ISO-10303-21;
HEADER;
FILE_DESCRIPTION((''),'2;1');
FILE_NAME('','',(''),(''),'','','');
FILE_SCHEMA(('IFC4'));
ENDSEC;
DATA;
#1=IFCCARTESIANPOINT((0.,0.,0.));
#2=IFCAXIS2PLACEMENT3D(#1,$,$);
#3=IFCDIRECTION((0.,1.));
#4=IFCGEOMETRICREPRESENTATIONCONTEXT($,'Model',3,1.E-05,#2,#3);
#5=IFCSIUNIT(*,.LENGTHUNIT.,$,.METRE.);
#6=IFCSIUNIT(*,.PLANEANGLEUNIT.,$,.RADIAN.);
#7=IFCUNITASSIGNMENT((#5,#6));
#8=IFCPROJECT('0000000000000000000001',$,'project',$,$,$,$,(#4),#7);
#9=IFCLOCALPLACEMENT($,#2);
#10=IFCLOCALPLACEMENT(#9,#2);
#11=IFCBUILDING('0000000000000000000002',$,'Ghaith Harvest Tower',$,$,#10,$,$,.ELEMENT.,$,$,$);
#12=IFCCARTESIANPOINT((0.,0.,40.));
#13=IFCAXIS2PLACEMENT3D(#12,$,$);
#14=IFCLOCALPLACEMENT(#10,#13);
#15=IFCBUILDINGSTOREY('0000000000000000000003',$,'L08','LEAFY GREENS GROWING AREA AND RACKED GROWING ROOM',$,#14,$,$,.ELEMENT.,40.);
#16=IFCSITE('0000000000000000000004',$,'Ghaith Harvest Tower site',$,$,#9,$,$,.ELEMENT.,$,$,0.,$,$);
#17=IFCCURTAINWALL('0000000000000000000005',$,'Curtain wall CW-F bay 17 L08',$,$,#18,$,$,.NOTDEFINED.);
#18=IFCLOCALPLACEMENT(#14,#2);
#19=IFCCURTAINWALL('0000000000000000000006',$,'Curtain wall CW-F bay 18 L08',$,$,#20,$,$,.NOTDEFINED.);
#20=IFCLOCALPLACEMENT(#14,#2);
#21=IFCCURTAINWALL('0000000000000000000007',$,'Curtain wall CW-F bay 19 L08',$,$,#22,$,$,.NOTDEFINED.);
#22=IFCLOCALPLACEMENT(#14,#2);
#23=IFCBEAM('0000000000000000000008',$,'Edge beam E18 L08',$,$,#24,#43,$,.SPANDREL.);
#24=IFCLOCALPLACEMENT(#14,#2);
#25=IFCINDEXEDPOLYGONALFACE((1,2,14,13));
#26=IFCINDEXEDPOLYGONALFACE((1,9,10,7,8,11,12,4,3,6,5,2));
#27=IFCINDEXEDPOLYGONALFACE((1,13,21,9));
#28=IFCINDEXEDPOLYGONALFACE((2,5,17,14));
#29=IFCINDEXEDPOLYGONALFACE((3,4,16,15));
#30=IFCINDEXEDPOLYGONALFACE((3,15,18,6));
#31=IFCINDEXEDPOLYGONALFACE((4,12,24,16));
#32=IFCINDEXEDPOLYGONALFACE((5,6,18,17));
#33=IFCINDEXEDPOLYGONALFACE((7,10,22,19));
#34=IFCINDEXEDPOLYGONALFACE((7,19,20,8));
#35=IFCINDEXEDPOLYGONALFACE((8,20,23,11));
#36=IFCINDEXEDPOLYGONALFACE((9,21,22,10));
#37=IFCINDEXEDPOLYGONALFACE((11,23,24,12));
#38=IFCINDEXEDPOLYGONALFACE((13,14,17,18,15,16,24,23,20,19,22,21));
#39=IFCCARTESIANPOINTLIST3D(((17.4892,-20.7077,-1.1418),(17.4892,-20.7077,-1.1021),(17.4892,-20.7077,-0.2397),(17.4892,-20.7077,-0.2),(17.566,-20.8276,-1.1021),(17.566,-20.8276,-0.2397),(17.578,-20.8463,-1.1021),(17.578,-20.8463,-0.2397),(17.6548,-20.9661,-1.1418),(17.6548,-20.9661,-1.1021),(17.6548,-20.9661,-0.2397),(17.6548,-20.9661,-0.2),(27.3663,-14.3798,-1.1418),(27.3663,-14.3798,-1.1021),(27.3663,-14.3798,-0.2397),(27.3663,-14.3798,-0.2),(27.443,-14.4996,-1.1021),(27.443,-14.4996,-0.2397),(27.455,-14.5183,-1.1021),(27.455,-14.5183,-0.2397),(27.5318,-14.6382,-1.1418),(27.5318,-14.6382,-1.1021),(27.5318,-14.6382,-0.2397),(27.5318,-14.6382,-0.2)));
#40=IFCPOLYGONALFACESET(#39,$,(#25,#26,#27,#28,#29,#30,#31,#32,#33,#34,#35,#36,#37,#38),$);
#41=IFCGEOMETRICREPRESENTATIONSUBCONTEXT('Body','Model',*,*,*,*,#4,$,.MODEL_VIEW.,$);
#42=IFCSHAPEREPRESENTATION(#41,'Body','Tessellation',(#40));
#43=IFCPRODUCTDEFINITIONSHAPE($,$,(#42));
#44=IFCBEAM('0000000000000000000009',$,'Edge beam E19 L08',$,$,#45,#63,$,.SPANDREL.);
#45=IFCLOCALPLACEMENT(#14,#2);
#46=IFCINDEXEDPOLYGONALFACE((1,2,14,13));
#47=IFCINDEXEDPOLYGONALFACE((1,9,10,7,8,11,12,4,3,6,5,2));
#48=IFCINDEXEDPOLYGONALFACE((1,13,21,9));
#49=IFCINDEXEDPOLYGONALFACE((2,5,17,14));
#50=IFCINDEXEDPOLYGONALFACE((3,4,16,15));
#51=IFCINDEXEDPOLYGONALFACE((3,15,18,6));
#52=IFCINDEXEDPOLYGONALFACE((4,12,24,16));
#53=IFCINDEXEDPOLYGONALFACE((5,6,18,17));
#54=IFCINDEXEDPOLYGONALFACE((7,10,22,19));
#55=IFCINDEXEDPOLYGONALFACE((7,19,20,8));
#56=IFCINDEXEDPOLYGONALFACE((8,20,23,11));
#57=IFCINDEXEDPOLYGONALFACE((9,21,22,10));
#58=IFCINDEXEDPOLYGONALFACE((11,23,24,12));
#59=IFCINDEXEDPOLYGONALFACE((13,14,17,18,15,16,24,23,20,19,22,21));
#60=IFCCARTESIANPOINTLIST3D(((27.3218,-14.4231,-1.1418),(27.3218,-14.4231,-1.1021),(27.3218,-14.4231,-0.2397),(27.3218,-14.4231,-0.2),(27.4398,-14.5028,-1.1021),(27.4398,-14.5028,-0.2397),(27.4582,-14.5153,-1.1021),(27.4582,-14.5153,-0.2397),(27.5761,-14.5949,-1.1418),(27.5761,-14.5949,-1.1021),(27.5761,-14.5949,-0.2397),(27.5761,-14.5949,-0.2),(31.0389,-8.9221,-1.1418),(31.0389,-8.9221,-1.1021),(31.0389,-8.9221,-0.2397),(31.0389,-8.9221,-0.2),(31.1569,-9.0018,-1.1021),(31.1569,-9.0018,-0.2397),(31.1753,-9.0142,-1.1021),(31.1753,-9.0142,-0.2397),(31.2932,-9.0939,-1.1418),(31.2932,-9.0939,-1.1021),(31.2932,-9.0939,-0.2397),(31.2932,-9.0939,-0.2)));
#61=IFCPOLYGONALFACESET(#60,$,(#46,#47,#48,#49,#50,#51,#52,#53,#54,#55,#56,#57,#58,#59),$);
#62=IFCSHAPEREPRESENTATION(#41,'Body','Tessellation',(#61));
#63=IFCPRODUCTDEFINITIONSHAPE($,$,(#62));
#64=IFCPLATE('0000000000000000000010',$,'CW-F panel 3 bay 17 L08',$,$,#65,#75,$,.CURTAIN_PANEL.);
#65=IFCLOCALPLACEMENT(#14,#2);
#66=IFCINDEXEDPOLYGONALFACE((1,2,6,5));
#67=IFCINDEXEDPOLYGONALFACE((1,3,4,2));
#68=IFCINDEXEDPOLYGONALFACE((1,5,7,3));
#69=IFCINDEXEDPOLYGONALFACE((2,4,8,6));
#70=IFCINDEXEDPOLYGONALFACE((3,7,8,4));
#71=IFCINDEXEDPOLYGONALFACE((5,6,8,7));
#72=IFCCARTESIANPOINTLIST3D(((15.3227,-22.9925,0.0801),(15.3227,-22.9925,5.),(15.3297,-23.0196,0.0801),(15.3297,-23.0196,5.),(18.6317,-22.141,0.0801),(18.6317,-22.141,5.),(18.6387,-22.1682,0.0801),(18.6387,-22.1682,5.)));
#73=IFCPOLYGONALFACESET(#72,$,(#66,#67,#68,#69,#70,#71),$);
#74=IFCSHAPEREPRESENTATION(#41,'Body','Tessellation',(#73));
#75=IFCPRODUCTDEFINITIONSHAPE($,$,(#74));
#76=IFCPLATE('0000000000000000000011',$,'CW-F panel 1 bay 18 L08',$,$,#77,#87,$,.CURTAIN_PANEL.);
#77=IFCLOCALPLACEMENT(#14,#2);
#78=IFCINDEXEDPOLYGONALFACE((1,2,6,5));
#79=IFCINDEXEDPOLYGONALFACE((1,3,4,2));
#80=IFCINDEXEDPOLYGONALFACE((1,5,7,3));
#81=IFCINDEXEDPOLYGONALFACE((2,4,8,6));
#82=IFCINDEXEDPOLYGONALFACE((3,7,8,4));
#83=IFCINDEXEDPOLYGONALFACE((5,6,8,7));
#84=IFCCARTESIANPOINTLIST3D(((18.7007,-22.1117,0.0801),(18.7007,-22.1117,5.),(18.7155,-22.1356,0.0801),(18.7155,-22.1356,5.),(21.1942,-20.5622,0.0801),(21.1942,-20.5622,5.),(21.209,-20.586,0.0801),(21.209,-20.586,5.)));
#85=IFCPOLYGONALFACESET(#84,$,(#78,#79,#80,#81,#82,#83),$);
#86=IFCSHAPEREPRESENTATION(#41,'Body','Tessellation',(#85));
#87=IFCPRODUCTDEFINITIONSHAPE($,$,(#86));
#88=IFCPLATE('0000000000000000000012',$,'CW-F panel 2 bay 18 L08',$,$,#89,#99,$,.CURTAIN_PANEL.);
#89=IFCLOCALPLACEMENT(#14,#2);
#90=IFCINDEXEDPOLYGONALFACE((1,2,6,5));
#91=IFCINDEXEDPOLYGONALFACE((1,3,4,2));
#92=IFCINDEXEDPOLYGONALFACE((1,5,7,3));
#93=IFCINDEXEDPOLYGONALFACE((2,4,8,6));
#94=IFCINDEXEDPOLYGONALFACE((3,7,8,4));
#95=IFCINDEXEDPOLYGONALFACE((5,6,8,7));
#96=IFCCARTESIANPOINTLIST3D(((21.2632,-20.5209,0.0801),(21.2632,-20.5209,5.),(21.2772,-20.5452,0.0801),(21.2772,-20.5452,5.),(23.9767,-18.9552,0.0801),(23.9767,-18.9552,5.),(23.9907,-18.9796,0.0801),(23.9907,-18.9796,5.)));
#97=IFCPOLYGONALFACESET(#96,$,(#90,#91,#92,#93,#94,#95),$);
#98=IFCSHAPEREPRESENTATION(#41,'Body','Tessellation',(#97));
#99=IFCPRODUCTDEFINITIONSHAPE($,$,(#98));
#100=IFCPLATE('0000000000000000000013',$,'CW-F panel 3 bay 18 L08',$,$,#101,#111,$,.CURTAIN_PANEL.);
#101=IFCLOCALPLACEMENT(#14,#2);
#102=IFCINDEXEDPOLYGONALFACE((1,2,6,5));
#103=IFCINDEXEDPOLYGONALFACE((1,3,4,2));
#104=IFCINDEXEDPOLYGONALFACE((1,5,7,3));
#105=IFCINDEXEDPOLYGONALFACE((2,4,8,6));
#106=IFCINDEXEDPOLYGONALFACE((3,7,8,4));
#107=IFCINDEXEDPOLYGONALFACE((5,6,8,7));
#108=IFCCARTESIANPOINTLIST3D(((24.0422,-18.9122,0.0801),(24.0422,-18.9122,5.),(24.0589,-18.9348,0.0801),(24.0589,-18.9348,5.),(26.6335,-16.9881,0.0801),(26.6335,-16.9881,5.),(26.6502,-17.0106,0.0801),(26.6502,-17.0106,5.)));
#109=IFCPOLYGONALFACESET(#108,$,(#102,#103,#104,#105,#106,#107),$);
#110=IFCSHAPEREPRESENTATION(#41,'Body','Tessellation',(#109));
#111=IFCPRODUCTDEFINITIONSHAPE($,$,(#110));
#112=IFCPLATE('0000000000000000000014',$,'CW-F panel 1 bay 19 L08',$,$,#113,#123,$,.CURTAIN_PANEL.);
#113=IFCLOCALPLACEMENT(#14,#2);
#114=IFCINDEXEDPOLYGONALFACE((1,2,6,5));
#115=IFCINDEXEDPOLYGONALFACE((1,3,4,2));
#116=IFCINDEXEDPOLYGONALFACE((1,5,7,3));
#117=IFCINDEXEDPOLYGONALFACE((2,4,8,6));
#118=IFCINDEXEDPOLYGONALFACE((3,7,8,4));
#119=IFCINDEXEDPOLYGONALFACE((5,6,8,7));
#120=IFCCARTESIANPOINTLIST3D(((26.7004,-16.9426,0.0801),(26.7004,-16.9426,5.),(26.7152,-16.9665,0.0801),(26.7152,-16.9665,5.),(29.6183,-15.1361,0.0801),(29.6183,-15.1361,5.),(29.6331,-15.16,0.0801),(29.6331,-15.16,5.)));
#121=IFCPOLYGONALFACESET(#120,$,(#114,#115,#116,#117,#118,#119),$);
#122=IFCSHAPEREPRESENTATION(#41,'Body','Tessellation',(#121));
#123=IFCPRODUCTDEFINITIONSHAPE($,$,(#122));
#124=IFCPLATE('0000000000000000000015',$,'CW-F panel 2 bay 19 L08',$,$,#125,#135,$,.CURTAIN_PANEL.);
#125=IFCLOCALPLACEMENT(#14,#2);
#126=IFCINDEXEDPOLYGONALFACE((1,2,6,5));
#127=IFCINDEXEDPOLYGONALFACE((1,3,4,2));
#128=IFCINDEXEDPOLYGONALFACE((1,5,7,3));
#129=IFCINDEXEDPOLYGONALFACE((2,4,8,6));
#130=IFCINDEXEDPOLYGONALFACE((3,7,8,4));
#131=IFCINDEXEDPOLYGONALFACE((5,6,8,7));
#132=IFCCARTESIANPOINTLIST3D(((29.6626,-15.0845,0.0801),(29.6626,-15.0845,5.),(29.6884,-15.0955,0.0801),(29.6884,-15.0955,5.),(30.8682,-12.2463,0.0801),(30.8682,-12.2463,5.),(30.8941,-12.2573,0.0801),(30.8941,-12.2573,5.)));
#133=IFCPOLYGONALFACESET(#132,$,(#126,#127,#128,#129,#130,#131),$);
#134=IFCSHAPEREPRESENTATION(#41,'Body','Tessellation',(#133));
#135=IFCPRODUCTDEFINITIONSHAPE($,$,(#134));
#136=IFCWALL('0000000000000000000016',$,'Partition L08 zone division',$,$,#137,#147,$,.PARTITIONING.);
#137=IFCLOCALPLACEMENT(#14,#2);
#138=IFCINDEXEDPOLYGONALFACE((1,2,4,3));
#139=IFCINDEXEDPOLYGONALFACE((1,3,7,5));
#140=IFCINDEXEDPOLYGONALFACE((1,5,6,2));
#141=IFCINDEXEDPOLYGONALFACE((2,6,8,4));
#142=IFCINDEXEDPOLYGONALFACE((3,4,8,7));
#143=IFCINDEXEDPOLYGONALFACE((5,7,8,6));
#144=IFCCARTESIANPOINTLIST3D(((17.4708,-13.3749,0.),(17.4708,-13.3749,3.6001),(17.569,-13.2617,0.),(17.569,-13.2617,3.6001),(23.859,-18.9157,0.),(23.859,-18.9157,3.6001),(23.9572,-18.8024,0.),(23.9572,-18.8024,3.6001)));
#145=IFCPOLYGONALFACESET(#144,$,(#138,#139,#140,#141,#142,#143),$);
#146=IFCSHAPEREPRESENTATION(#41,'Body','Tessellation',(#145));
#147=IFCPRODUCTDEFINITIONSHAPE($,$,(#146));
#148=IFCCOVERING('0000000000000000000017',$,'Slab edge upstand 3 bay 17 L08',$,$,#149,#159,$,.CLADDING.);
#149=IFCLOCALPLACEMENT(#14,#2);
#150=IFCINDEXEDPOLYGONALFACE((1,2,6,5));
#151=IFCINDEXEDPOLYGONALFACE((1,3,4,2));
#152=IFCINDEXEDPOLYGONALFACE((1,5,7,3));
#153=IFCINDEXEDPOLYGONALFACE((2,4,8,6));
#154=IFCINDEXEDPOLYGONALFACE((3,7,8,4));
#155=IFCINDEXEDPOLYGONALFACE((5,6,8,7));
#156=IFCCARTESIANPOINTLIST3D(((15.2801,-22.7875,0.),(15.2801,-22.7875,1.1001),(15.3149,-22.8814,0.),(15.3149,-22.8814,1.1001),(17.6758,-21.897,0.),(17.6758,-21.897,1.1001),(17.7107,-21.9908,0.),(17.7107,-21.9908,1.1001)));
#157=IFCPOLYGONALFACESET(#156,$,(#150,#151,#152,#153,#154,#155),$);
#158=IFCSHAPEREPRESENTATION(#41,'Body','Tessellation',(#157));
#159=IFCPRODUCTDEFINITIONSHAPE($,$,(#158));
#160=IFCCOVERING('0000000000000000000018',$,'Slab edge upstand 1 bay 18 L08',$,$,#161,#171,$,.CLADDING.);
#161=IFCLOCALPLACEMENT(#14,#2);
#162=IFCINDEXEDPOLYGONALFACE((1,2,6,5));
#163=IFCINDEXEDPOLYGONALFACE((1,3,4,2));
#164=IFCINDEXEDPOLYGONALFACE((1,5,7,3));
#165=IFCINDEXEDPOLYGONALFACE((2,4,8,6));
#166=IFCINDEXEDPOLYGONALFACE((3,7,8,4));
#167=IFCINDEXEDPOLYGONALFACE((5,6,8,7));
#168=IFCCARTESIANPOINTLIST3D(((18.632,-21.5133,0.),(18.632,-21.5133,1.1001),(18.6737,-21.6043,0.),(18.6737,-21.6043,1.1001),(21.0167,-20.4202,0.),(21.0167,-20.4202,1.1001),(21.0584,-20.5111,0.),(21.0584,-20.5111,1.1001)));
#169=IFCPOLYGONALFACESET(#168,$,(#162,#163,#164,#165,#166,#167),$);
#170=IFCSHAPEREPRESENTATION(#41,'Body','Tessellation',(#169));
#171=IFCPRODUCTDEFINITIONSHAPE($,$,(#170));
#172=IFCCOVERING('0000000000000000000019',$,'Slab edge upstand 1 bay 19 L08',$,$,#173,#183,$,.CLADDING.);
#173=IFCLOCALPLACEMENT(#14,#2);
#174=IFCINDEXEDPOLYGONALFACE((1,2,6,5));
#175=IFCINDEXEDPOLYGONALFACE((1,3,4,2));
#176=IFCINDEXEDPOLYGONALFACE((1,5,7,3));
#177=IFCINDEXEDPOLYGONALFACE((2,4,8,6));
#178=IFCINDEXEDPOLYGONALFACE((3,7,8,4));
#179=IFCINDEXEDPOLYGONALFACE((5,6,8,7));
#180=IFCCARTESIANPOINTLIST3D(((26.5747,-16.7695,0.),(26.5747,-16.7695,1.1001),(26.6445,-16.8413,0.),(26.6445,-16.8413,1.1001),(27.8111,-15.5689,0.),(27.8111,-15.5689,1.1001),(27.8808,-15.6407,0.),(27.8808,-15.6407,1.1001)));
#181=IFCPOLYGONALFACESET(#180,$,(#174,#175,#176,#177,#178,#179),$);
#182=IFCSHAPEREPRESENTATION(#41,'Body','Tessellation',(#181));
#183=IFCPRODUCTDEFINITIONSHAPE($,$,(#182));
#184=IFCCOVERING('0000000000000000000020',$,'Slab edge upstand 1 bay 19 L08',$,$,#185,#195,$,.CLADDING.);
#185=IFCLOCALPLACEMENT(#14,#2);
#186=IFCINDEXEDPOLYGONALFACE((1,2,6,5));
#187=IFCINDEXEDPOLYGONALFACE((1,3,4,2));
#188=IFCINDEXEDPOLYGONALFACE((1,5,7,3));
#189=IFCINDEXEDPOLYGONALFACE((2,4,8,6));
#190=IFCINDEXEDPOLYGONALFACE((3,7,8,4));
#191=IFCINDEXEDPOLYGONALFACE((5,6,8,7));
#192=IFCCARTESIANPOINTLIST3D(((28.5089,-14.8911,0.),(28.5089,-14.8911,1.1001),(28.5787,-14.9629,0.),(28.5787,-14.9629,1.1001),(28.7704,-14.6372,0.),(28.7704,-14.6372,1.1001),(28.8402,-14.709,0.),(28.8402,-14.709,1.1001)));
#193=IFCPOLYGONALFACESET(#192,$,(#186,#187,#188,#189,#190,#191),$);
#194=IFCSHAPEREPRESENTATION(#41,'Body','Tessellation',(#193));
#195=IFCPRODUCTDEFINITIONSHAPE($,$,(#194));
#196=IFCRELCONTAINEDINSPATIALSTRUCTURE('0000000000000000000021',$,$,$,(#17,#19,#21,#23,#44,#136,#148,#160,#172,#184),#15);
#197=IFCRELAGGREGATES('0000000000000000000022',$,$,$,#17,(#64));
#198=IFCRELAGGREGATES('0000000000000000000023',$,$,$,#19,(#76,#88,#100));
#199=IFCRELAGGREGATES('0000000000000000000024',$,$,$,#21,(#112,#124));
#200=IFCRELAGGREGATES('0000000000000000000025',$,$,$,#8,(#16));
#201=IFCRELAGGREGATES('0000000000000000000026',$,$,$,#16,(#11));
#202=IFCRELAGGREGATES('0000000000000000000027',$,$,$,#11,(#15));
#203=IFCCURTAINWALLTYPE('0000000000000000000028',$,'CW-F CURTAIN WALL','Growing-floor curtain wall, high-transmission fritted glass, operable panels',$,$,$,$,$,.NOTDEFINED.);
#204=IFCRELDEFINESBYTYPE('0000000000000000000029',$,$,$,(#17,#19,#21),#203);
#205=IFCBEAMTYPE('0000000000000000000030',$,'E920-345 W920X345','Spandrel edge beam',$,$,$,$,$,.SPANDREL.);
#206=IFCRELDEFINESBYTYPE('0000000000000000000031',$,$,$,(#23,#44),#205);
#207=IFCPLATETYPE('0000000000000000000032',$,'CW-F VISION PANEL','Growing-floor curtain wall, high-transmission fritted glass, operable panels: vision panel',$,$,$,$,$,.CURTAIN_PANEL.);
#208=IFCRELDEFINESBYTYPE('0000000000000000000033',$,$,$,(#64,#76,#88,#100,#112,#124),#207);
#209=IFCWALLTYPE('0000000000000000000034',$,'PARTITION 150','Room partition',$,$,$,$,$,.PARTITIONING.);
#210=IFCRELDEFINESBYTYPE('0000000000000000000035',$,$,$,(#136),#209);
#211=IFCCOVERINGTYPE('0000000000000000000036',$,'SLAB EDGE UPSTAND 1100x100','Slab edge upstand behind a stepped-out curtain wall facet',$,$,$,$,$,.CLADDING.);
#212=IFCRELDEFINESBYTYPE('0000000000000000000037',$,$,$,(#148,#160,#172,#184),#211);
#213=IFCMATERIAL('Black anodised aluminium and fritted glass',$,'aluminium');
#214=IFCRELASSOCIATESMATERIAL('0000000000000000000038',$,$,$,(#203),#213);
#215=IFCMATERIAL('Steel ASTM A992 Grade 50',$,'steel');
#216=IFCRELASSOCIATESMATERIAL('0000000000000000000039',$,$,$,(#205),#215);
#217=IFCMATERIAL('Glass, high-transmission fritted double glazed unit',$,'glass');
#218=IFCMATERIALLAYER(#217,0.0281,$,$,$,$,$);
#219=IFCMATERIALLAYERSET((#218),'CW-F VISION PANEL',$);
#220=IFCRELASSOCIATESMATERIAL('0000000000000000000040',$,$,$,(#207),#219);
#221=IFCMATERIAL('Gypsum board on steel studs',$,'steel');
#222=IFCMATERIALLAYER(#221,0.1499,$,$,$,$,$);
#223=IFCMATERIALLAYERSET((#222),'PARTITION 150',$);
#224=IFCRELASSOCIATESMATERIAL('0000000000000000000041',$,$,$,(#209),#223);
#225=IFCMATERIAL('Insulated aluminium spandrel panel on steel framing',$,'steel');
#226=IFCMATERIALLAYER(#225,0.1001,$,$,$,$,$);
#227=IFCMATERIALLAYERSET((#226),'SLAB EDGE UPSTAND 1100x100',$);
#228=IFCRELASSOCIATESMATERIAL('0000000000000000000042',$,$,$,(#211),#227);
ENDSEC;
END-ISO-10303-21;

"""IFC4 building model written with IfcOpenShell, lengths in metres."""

from ifc_helpers import new_model, si_unit, direction, frame, frame_2d, origin, origin_2d, place, context, subcontext, project, spatial, rectangle, i_section, extrude, material, layer, layer_set, material_profile, profile_set, type_object, element, aggregate, save


model = new_model("IFC4")

# Units and contexts
model_context = context("Model", 3, precision=1e-05, world=origin(), true_north=direction((0.0, 1.0)))
body_context = subcontext(model_context, "Body", "Model", "MODEL_VIEW")
ifc_project = project(units=[si_unit("LENGTHUNIT", "METRE"), si_unit("PLANEANGLEUNIT", "RADIAN")], contexts=[model_context])

# Site, building, storey
site_placement = place(None, origin())
site = spatial("IfcSite", under=ifc_project, at=site_placement, Name="Ghaith Harvest Tower site", CompositionType="ELEMENT", RefElevation=0.0)
building_placement = place(site_placement, origin())
building = spatial("IfcBuilding", under=site, at=building_placement, Name="Ghaith Harvest Tower", CompositionType="ELEMENT")
storey_placement = place(building_placement, frame((0.0, 0.0, 40.0)))
storey = spatial("IfcBuildingStorey", under=building, at=storey_placement, Name="L08", Description="LEAFY GREENS GROWING AREA AND RACKED GROWING ROOM", CompositionType="ELEMENT", Elevation=40.0)

# Curtain wall
ifc_material_1 = material(Name="Black anodised aluminium and fritted glass", Category="aluminium")
curtain_wall_type = type_object("IfcCurtainWallType", Name="CW-F CURTAIN WALL", Description="Growing-floor curtain wall, high-transmission fritted glass, operable panels", PredefinedType="NOTDEFINED", material=ifc_material_1)
curtain_wall_1_placement = place(storey_placement, origin())
curtain_wall_1 = element("IfcCurtainWall", 1, at=curtain_wall_1_placement, inside=storey, type_object=curtain_wall_type, Name="Curtain wall CW-F bay 17 L08", PredefinedType="NOTDEFINED")

# Curtain walls
curtain_wall_2_placement = place(storey_placement, origin())
curtain_wall_2 = element("IfcCurtainWall", 2, at=curtain_wall_2_placement, inside=storey, type_object=curtain_wall_type, Name="Curtain wall CW-F bay 18 L08", PredefinedType="NOTDEFINED")
curtain_wall_3_placement = place(storey_placement, origin())
curtain_wall_3 = element("IfcCurtainWall", 3, at=curtain_wall_3_placement, inside=storey, type_object=curtain_wall_type, Name="Curtain wall CW-F bay 19 L08", PredefinedType="NOTDEFINED")

# Beams
ifc_material_2 = material(Name="Steel ASTM A992 Grade 50", Category="steel")
ifc_material_profile_1 = material_profile(ifc_material_2, i_section(OverallWidth=0.3069, OverallDepth=0.9419, WebThickness=0.0222, FlangeThickness=0.0398, at=origin_2d()), Name="W920X345")
ifc_profile_set_1 = profile_set([ifc_material_profile_1], Name="Steel ASTM A992 Grade 50")
beam_type = type_object("IfcBeamType", Name="E920-345 W920X345", Description="Spandrel edge beam", PredefinedType="SPANDREL", material=ifc_profile_set_1)
beam_1_placement = place(storey_placement, frame((17.572, -20.8369, -0.6709), z_axis=(0.842015, 0.539455, 0.0), x_axis=(-0.539455, 0.842015, 0.0)))
element("IfcBeam", 4, at=beam_1_placement, inside=storey, type_object=beam_type, Name="Edge beam E18 L08", PredefinedType="SPANDREL", context=body_context, shape_type="SweptSolid", body=[
    extrude(i_section(OverallWidth=0.3069, OverallDepth=0.9419, WebThickness=0.0222, FlangeThickness=0.0398, at=origin_2d()), origin(), (0.0, 0.0, 1.0), 11.7302),
])
beam_2_placement = place(storey_placement, frame((27.449, -14.509, -0.6709), z_axis=(0.559874, 0.828577, 0.0), x_axis=(-0.828577, 0.559874, 0.0)))
element("IfcBeam", 5, at=beam_2_placement, inside=storey, type_object=beam_type, Name="Edge beam E19 L08", PredefinedType="SPANDREL", context=body_context, shape_type="SweptSolid", body=[
    extrude(i_section(OverallWidth=0.3069, OverallDepth=0.9419, WebThickness=0.0222, FlangeThickness=0.0398, at=origin_2d()), origin(), (0.0, 0.0, 1.0), 6.6392),
])

# Plates
ifc_material_3 = material(Name="Glass, high-transmission fritted double glazed unit", Category="glass")
ifc_layer_1 = layer(ifc_material_3, 0.0281)
ifc_layer_set_1 = layer_set([ifc_layer_1], Name="CW-F VISION PANEL")
plate_type = type_object("IfcPlateType", Name="CW-F VISION PANEL", Description="Growing-floor curtain wall, high-transmission fritted glass, operable panels: vision panel", PredefinedType="CURTAIN_PANEL", material=ifc_layer_set_1)
plate_1_placement = place(storey_placement, frame((16.9807, -22.5803, 0.0801), z_axis=(0.0, 0.0, 1.0), x_axis=(0.968451, 0.249202, 0.0)))
plate_1 = element("IfcPlate", 6, at=plate_1_placement, type_object=plate_type, Name="CW-F panel 3 bay 17 L08", PredefinedType="CURTAIN_PANEL", context=body_context, shape_type="SweptSolid", body=[
    extrude(rectangle(XDim=3.4167, YDim=0.0281, at=origin_2d()), origin(), (0.0, 0.0, 1.0), 4.9199),
])
aggregate(curtain_wall_1, [plate_1])
plate_2_placement = place(storey_placement, frame((19.9548, -21.3489, 0.0801), z_axis=(0.0, 0.0, 1.0), x_axis=(0.849361, 0.527813, 0.0)))
plate_2 = element("IfcPlate", 7, at=plate_2_placement, type_object=plate_type, Name="CW-F panel 1 bay 18 L08", PredefinedType="CURTAIN_PANEL", context=body_context, shape_type="SweptSolid", body=[
    extrude(rectangle(XDim=2.9358, YDim=0.0281, at=origin_2d()), origin(), (0.0, 0.0, 1.0), 4.9199),
])
plate_3_placement = place(storey_placement, frame((22.627, -19.7502, 0.0801), z_axis=(0.0, 0.0, 1.0), x_axis=(0.866159, 0.499768, 0.0)))
plate_3 = element("IfcPlate", 8, at=plate_3_placement, type_object=plate_type, Name="CW-F panel 2 bay 18 L08", PredefinedType="CURTAIN_PANEL", context=body_context, shape_type="SweptSolid", body=[
    extrude(rectangle(XDim=3.1328, YDim=0.0281, at=origin_2d()), origin(), (0.0, 0.0, 1.0), 4.9199),
])
plate_4_placement = place(storey_placement, frame((25.3462, -17.9614, 0.0801), z_axis=(0.0, 0.0, 1.0), x_axis=(0.802867, 0.596158, 0.0)))
plate_4 = element("IfcPlate", 9, at=plate_4_placement, type_object=plate_type, Name="CW-F panel 3 bay 18 L08", PredefinedType="CURTAIN_PANEL", context=body_context, shape_type="SweptSolid", body=[
    extrude(rectangle(XDim=3.2275, YDim=0.0281, at=origin_2d()), origin(), (0.0, 0.0, 1.0), 4.9199),
])
aggregate(curtain_wall_2, [plate_2, plate_3, plate_4])
plate_5_placement = place(storey_placement, frame((28.1667, -16.0513, 0.0801), z_axis=(0.0, 0.0, 1.0), x_axis=(0.850246, 0.526386, 0.0)))
plate_5 = element("IfcPlate", 10, at=plate_5_placement, type_object=plate_type, Name="CW-F panel 1 bay 19 L08", PredefinedType="CURTAIN_PANEL", context=body_context, shape_type="SweptSolid", body=[
    extrude(rectangle(XDim=3.4319, YDim=0.0281, at=origin_2d()), origin(), (0.0, 0.0, 1.0), 4.9199),
])
plate_6_placement = place(storey_placement, frame((30.2783, -13.6709, 0.0801), z_axis=(0.0, 0.0, 1.0), x_axis=(0.39098, 0.920399, 0.0)))
plate_6 = element("IfcPlate", 11, at=plate_6_placement, type_object=plate_type, Name="CW-F panel 2 bay 19 L08", PredefinedType="CURTAIN_PANEL", context=body_context, shape_type="SweptSolid", body=[
    extrude(rectangle(XDim=3.0837, YDim=0.0281, at=origin_2d()), origin(), (0.0, 0.0, 1.0), 4.9199),
])
aggregate(curtain_wall_3, [plate_5, plate_6])

# Wall
ifc_material_4 = material(Name="Gypsum board on steel studs", Category="steel")
ifc_layer_2 = layer(ifc_material_4, 0.1499)
ifc_layer_set_2 = layer_set([ifc_layer_2], Name="PARTITION 150")
wall_type = type_object("IfcWallType", Name="PARTITION 150", Description="Room partition", PredefinedType="PARTITIONING", material=ifc_layer_set_2)
wall_placement = place(storey_placement, frame((17.52, -13.3184, 0.0), z_axis=(0.0, 0.0, 1.0), x_axis=(0.755435, -0.655224, 0.0)))
element("IfcWall", 12, at=wall_placement, inside=storey, type_object=wall_type, Name="Partition L08 zone division", PredefinedType="PARTITIONING", context=body_context, shape_type="SweptSolid", body=[
    extrude(rectangle(XDim=8.4563, YDim=0.1499, at=frame_2d((4.228, 0.0))), origin(), (0.0, 0.0, 1.0), 3.6001),
])

# Coverings
ifc_material_5 = material(Name="Insulated aluminium spandrel panel on steel framing", Category="steel")
ifc_layer_3 = layer(ifc_material_5, 0.1001)
ifc_layer_set_3 = layer_set([ifc_layer_3], Name="SLAB EDGE UPSTAND 1100x100")
covering_type = type_object("IfcCoveringType", Name="SLAB EDGE UPSTAND 1100x100", Description="Slab edge upstand behind a stepped-out curtain wall facet", PredefinedType="CLADDING", material=ifc_layer_set_3)
covering_1_placement = place(storey_placement, frame((16.4954, -22.3892, 0.0), z_axis=(0.0, 0.0, 1.0), x_axis=(0.937332, 0.348438, 0.0)))
element("IfcCovering", 13, at=covering_1_placement, inside=storey, type_object=covering_type, Name="Slab edge upstand 3 bay 17 L08", PredefinedType="CLADDING", context=body_context, shape_type="SweptSolid", body=[
    extrude(rectangle(XDim=2.5559, YDim=0.1001, at=origin_2d()), origin(), (0.0, 0.0, 1.0), 1.1001),
])
covering_2_placement = place(storey_placement, frame((19.8452, -21.0122, 0.0), z_axis=(0.0, 0.0, 1.0), x_axis=(0.909046, 0.416696, 0.0)))
element("IfcCovering", 14, at=covering_2_placement, inside=storey, type_object=covering_type, Name="Slab edge upstand 1 bay 18 L08", PredefinedType="CLADDING", context=body_context, shape_type="SweptSolid", body=[
    extrude(rectangle(XDim=2.6233, YDim=0.1001, at=origin_2d()), origin(), (0.0, 0.0, 1.0), 1.1001),
])
covering_3_placement = place(storey_placement, frame((27.2278, -16.2051, 0.0), z_axis=(0.0, 0.0, 1.0), x_axis=(0.717386, 0.696675, 0.0)))
element("IfcCovering", 15, at=covering_3_placement, inside=storey, type_object=covering_type, Name="Slab edge upstand 1 bay 19 L08", PredefinedType="CLADDING", context=body_context, shape_type="SweptSolid", body=[
    extrude(rectangle(XDim=1.7234, YDim=0.1001, at=origin_2d()), origin(), (0.0, 0.0, 1.0), 1.1001),
])
covering_4_placement = place(storey_placement, frame((28.6746, -14.8, 0.0), z_axis=(0.0, 0.0, 1.0), x_axis=(0.717386, 0.696675, 0.0)))
element("IfcCovering", 16, at=covering_4_placement, inside=storey, type_object=covering_type, Name="Slab edge upstand 1 bay 19 L08", PredefinedType="CLADDING", context=body_context, shape_type="SweptSolid", body=[
    extrude(rectangle(XDim=0.3645, YDim=0.1001, at=origin_2d()), origin(), (0.0, 0.0, 1.0), 1.1001),
])

save(model, "model.ifc")
